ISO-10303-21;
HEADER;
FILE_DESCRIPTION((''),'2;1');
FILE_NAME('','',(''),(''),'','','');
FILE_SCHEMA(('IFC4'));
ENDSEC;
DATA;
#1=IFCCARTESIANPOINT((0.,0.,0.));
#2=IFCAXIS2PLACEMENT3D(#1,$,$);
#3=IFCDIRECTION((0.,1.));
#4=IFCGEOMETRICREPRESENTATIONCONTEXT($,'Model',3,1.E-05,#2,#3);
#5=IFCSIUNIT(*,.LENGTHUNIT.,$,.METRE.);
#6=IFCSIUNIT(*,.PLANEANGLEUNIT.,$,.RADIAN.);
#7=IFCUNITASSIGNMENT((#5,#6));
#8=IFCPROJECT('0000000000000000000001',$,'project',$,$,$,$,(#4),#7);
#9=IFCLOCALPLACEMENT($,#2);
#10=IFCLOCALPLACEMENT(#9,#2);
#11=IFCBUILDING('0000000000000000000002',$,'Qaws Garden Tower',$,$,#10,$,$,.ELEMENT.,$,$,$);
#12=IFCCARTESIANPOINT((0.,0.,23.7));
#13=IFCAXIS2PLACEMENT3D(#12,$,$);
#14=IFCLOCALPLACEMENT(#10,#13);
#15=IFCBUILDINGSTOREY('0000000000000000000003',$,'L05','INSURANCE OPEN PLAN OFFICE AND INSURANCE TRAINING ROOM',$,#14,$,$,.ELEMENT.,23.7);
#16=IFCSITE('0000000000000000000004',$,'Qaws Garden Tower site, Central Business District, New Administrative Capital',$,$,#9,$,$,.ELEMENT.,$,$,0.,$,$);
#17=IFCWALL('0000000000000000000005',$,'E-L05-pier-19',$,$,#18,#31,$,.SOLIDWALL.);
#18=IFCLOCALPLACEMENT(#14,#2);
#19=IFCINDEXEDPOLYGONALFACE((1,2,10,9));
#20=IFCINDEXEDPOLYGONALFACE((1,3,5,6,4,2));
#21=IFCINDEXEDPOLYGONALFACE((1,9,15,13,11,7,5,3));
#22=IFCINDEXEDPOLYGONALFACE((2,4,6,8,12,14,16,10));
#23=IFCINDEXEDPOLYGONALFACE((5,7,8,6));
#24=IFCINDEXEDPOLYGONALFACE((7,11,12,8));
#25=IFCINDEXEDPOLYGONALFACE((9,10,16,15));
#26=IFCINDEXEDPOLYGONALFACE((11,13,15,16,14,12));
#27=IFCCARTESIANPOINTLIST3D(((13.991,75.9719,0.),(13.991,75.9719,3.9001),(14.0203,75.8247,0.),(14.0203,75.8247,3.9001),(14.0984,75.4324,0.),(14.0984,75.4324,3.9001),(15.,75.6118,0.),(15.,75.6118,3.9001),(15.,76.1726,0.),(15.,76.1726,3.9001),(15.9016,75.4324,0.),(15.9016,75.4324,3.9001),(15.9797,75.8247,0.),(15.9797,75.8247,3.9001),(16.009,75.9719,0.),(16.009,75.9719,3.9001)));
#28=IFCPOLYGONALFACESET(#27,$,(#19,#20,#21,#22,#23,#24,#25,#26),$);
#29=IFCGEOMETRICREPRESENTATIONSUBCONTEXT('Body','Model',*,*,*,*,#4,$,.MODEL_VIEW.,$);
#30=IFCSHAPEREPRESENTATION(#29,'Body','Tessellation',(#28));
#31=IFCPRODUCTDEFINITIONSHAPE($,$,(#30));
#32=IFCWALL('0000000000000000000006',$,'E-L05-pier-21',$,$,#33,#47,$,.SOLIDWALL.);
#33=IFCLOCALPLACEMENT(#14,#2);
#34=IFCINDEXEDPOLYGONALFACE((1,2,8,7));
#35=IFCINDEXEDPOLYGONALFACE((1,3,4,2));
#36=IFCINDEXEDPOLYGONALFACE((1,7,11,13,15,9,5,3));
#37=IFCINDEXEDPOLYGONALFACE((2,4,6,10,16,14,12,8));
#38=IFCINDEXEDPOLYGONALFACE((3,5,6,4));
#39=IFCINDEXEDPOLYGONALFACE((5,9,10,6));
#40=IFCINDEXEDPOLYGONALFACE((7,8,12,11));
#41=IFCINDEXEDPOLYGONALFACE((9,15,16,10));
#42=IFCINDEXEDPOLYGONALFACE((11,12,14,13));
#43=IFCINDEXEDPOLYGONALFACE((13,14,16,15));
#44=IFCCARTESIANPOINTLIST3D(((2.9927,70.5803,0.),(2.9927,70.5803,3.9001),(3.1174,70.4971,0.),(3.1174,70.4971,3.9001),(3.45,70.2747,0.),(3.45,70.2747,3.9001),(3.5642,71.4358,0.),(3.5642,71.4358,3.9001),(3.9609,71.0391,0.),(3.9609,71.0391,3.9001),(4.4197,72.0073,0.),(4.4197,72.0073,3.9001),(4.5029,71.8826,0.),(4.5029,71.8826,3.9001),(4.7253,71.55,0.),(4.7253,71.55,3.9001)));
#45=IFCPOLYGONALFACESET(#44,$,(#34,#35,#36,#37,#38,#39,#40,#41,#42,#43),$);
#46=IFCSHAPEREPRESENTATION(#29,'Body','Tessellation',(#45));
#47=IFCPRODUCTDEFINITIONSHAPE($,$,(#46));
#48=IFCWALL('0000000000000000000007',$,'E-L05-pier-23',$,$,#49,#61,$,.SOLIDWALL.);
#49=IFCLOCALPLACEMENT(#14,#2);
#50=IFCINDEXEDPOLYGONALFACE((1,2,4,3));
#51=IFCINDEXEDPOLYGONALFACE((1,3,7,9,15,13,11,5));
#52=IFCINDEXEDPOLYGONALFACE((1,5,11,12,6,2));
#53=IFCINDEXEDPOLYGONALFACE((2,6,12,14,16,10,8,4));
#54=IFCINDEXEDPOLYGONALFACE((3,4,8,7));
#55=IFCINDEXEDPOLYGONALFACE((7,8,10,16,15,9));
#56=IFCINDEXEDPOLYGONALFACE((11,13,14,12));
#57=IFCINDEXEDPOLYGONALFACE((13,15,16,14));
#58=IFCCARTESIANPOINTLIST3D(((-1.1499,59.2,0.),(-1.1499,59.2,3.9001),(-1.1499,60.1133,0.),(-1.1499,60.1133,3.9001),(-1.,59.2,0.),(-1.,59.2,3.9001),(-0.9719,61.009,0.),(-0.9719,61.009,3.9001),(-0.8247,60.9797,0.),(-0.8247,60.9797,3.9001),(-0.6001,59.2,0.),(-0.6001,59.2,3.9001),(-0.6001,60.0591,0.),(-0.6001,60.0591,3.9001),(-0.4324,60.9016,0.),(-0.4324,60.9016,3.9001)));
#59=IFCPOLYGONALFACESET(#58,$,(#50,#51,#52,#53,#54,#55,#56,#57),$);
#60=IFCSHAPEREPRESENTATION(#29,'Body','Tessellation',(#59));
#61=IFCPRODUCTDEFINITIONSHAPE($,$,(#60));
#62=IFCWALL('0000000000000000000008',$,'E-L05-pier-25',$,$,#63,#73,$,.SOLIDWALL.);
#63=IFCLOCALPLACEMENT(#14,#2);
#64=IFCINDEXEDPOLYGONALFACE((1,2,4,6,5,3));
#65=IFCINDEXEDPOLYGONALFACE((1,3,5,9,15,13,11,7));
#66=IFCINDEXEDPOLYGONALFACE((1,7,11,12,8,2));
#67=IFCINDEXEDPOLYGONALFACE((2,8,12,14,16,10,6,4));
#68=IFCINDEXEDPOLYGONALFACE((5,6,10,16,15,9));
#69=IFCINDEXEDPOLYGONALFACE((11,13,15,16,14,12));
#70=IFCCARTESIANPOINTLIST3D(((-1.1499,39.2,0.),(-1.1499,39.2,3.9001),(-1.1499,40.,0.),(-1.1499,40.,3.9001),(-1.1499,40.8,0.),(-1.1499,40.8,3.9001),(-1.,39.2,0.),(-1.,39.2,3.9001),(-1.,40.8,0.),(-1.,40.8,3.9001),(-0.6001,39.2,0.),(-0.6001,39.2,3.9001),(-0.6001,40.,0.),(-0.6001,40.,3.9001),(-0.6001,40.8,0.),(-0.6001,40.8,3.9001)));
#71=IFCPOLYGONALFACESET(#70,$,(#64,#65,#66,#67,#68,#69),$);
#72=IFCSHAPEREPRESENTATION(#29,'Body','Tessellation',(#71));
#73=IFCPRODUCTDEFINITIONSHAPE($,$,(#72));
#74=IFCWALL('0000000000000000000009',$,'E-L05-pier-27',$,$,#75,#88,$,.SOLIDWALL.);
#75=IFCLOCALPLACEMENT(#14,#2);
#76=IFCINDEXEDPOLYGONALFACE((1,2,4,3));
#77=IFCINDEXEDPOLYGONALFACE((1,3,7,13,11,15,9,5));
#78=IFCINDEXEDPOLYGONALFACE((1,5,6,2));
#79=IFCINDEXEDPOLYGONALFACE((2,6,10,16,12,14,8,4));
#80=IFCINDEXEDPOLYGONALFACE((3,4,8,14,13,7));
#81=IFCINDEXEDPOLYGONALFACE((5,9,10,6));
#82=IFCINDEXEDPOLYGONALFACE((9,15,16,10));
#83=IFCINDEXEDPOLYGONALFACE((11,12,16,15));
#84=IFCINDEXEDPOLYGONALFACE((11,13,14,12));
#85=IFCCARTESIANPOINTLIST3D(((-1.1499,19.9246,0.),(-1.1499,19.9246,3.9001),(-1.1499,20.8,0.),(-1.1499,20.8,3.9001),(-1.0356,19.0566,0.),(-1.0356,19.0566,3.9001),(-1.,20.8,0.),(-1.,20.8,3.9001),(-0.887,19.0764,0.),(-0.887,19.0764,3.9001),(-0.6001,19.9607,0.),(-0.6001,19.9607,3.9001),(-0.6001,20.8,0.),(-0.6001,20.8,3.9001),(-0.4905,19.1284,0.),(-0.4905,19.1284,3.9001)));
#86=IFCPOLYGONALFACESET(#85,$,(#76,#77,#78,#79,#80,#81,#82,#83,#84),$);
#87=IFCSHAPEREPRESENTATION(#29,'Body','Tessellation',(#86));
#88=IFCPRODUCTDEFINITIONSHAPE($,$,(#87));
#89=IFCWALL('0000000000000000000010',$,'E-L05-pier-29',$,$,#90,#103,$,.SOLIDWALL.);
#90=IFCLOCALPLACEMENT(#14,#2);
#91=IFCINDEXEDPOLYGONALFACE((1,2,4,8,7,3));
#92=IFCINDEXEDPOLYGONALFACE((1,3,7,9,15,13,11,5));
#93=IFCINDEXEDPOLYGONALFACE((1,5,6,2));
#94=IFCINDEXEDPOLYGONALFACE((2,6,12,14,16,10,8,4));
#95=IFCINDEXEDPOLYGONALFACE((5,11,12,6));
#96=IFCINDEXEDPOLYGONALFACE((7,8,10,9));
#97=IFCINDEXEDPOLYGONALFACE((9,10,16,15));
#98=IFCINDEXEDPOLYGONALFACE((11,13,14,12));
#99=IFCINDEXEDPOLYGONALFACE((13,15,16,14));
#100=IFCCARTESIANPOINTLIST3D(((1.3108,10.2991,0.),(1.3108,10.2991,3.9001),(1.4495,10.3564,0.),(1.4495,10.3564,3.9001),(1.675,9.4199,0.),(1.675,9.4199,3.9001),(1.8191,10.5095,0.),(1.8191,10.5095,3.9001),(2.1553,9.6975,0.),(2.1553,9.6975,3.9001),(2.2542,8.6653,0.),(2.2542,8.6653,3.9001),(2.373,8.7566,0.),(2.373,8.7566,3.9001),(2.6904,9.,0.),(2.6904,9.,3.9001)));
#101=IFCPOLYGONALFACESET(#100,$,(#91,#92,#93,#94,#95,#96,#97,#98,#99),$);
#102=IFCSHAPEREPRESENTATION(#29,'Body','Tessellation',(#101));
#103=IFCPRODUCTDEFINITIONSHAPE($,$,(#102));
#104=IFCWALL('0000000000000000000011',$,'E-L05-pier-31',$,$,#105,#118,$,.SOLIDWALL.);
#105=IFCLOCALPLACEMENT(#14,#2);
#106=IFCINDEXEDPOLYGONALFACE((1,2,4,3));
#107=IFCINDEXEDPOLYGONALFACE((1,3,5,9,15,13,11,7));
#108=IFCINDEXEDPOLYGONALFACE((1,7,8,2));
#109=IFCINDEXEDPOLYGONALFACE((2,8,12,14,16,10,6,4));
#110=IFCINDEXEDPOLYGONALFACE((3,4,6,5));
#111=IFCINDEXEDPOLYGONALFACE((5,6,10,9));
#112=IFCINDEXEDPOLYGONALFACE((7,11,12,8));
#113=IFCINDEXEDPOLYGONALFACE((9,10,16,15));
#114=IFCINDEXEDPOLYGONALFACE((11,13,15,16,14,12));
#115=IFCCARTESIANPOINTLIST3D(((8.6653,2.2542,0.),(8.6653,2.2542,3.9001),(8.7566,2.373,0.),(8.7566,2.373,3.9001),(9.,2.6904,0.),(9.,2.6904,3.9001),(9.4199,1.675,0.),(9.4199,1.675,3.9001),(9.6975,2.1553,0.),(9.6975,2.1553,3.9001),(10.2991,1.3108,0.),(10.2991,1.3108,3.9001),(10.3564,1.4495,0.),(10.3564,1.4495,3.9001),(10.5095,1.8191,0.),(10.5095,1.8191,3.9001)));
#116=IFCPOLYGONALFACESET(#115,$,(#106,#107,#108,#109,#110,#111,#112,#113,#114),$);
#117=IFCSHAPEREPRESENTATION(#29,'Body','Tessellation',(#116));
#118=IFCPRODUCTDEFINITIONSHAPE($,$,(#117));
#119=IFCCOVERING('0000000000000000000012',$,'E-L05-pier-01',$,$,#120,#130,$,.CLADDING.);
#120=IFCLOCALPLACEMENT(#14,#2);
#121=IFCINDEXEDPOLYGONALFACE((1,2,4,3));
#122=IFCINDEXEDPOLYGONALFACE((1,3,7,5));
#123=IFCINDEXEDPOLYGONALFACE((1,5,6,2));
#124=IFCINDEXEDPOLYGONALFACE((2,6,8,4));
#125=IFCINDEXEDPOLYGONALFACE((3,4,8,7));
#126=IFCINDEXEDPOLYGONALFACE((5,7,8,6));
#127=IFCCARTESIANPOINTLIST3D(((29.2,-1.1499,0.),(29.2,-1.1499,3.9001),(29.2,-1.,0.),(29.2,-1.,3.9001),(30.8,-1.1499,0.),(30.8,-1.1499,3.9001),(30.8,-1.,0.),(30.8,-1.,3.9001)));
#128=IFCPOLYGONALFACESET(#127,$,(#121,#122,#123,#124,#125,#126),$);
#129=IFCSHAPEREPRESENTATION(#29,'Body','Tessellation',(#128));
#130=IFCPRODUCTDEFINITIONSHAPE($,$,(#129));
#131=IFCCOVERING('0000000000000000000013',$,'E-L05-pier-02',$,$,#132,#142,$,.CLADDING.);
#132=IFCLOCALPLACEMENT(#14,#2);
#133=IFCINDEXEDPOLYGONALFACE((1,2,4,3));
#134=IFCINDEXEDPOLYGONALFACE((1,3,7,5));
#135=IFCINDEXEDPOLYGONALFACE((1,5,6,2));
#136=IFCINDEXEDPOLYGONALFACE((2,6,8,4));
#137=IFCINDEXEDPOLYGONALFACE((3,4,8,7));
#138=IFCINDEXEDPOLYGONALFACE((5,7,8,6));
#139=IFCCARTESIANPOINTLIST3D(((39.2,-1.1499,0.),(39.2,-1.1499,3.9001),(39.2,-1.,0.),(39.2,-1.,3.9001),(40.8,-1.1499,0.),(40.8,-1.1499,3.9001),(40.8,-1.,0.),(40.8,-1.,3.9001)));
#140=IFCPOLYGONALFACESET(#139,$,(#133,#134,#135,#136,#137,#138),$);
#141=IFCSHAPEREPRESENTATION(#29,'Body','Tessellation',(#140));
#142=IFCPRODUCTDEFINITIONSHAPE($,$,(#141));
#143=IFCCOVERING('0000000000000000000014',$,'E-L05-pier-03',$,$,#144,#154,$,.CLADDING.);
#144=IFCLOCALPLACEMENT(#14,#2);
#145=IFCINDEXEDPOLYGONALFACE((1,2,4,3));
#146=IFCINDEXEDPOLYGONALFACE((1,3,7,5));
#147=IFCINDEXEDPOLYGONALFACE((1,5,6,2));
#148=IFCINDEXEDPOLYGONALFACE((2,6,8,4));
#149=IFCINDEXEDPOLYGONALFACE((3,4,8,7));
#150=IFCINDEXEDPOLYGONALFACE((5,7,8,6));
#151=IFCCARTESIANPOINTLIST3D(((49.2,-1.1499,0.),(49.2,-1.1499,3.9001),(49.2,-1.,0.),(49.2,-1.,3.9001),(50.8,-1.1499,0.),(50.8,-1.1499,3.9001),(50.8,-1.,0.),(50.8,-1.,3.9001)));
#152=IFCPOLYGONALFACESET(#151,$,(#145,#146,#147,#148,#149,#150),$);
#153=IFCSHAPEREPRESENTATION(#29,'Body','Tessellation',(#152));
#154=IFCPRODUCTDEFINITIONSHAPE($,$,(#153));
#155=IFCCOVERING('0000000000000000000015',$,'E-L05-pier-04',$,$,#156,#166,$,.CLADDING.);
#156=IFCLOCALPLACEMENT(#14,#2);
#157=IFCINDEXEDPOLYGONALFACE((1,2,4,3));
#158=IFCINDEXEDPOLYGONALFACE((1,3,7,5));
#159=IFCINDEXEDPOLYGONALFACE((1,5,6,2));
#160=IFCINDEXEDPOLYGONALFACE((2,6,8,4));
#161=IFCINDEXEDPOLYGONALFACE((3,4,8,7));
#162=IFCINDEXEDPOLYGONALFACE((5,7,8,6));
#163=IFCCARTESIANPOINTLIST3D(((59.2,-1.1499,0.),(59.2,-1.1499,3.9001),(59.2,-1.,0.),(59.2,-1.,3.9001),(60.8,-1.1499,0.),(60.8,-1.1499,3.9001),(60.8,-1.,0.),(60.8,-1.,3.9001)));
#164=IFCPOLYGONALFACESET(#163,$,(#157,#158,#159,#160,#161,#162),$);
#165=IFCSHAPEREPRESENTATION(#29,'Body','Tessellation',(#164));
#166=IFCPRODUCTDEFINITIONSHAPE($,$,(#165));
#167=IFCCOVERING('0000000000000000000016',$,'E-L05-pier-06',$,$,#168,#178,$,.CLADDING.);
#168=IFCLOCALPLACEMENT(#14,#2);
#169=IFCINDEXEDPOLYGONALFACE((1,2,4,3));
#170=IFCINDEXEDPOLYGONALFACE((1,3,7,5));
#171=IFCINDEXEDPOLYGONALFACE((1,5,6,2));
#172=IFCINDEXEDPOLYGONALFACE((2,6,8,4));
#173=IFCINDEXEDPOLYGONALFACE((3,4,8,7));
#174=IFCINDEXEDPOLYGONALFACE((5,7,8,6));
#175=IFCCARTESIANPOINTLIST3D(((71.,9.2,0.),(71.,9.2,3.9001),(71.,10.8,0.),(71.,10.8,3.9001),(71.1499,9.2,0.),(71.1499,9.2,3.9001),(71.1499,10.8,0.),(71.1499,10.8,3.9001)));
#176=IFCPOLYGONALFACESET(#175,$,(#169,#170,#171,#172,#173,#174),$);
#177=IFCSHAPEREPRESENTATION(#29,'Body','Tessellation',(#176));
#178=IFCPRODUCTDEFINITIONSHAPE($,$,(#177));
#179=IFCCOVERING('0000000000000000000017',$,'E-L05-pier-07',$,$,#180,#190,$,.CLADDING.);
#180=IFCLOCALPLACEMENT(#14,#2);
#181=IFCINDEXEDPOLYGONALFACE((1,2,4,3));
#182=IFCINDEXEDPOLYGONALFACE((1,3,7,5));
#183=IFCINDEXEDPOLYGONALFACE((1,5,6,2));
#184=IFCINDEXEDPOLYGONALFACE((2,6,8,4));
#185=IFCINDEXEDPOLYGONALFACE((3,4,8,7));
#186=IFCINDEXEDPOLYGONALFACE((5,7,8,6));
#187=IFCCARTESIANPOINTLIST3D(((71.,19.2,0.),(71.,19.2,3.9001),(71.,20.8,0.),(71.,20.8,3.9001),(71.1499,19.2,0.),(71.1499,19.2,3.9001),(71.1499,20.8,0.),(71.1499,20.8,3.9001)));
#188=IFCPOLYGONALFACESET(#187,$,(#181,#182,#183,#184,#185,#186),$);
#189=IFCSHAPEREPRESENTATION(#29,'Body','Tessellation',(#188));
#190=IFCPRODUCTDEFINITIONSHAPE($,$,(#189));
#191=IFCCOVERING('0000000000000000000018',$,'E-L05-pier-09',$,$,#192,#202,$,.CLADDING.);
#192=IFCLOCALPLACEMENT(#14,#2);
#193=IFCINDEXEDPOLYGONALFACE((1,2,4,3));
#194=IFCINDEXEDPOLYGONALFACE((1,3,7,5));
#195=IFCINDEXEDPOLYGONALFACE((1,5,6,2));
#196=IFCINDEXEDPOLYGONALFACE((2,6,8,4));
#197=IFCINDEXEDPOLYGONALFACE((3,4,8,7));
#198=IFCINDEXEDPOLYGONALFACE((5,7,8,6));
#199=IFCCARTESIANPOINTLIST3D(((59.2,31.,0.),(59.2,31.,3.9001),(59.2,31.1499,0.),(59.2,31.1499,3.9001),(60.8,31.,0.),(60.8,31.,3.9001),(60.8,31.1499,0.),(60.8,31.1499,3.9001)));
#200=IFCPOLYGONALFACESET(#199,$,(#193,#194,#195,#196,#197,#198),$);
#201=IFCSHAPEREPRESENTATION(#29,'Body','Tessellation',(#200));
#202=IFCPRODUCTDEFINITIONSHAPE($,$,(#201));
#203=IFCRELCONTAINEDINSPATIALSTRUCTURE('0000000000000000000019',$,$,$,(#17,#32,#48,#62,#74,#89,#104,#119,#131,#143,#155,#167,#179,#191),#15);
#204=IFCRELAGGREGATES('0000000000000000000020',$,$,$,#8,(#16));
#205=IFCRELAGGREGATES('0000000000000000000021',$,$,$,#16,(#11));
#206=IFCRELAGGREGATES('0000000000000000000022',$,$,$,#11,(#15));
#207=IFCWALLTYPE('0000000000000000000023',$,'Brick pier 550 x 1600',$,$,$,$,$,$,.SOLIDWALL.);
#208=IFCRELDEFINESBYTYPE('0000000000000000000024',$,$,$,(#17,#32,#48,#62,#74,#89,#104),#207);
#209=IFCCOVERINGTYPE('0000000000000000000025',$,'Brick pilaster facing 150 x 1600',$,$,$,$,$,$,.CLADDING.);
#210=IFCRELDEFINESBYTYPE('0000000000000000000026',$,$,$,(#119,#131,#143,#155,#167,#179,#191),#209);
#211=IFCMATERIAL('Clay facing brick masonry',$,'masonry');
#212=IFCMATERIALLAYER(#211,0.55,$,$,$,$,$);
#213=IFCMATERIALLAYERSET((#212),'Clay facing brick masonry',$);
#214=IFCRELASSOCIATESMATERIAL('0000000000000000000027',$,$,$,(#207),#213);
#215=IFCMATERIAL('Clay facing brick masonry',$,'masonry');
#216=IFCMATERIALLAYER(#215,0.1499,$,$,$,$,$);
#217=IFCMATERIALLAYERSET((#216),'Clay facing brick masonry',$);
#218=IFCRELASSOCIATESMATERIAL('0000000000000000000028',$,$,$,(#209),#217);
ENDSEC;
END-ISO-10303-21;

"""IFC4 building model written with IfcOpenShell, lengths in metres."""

from ifc_helpers import new_model, si_unit, direction, frame, origin, place, context, subcontext, project, spatial, polyline, outline, extrude, material, layer, layer_set, type_object, element, save


model = new_model("IFC4")

# Units and contexts
model_context = context("Model", 3, precision=1e-05, world=origin(), true_north=direction((0.0, 1.0)))
body_context = subcontext(model_context, "Body", "Model", "MODEL_VIEW")
ifc_project = project(units=[si_unit("LENGTHUNIT", "METRE"), si_unit("PLANEANGLEUNIT", "RADIAN")], contexts=[model_context])

# Site, building, storey
site_placement = place(None, origin())
site = spatial("IfcSite", under=ifc_project, at=site_placement, Name="Qaws Garden Tower site, Central Business District, New Administrative Capital", CompositionType="ELEMENT", RefElevation=0.0)
building_placement = place(site_placement, origin())
building = spatial("IfcBuilding", under=site, at=building_placement, Name="Qaws Garden Tower", CompositionType="ELEMENT")
storey_placement = place(building_placement, frame((0.0, 0.0, 23.7)))
storey = spatial("IfcBuildingStorey", under=building, at=storey_placement, Name="L05", Description="INSURANCE OPEN PLAN OFFICE AND INSURANCE TRAINING ROOM", CompositionType="ELEMENT", Elevation=23.7)

# Walls
placement = place(storey_placement, origin())
ifc_material_1 = material(Name="Clay facing brick masonry", Category="masonry")
ifc_layer_1 = layer(ifc_material_1, 0.55)
ifc_layer_set_1 = layer_set([ifc_layer_1], Name="Clay facing brick masonry")
wall_type_1 = type_object("IfcWallType", Name="Brick pier 550 x 1600", PredefinedType="SOLIDWALL", material=ifc_layer_set_1)
element("IfcWall", 1, at=placement, inside=storey, type_object=wall_type_1, Name="E-L05-pier-19", PredefinedType="SOLIDWALL", context=body_context, shape_type="SweptSolid", body=[
    extrude(outline(polyline([(15.9797, 75.8247), (16.009, 75.9719), (15.0, 76.1726), (13.991, 75.9719), (14.0203, 75.8247), (14.0984, 75.4324), (15.0, 75.6118), (15.9016, 75.4324), (15.9797, 75.8247)])), origin(), (0.0, 0.0, 1.0), 3.9001),
])
element("IfcWall", 2, at=placement, inside=storey, type_object=wall_type_1, Name="E-L05-pier-21", PredefinedType="SOLIDWALL", context=body_context, shape_type="SweptSolid", body=[
    extrude(outline(polyline([(4.5029, 71.8826), (4.4197, 72.0073), (3.5642, 71.4358), (2.9927, 70.5803), (3.1174, 70.4971), (3.45, 70.2747), (3.9609, 71.0391), (4.7253, 71.55), (4.5029, 71.8826)])), origin(), (0.0, 0.0, 1.0), 3.9001),
])
element("IfcWall", 3, at=placement, inside=storey, type_object=wall_type_1, Name="E-L05-pier-23", PredefinedType="SOLIDWALL", context=body_context, shape_type="SweptSolid", body=[
    extrude(outline(polyline([(-0.8247, 60.9797), (-0.9719, 61.009), (-1.1499, 60.1133), (-1.1499, 59.2), (-1.0, 59.2), (-0.6001, 59.2), (-0.6001, 60.0591), (-0.4324, 60.9016), (-0.8247, 60.9797)])), origin(), (0.0, 0.0, 1.0), 3.9001),
])
element("IfcWall", 4, at=placement, inside=storey, type_object=wall_type_1, Name="E-L05-pier-25", PredefinedType="SOLIDWALL", context=body_context, shape_type="SweptSolid", body=[
    extrude(outline(polyline([(-1.0, 40.8), (-1.1499, 40.8), (-1.1499, 40.0), (-1.1499, 39.2), (-1.0, 39.2), (-0.6001, 39.2), (-0.6001, 40.0), (-0.6001, 40.8), (-1.0, 40.8)])), origin(), (0.0, 0.0, 1.0), 3.9001),
])
element("IfcWall", 5, at=placement, inside=storey, type_object=wall_type_1, Name="E-L05-pier-27", PredefinedType="SOLIDWALL", context=body_context, shape_type="SweptSolid", body=[
    extrude(outline(polyline([(-1.0, 20.8), (-1.1499, 20.8), (-1.1499, 19.9246), (-1.0356, 19.0566), (-0.887, 19.0764), (-0.4905, 19.1284), (-0.6001, 19.9607), (-0.6001, 20.8), (-1.0, 20.8)])), origin(), (0.0, 0.0, 1.0), 3.9001),
])
element("IfcWall", 6, at=placement, inside=storey, type_object=wall_type_1, Name="E-L05-pier-29", PredefinedType="SOLIDWALL", context=body_context, shape_type="SweptSolid", body=[
    extrude(outline(polyline([(1.4495, 10.3564), (1.3108, 10.2991), (1.675, 9.4199), (2.2542, 8.6653), (2.373, 8.7566), (2.6904, 9.0), (2.1553, 9.6975), (1.8191, 10.5095), (1.4495, 10.3564)])), origin(), (0.0, 0.0, 1.0), 3.9001),
])
element("IfcWall", 7, at=placement, inside=storey, type_object=wall_type_1, Name="E-L05-pier-31", PredefinedType="SOLIDWALL", context=body_context, shape_type="SweptSolid", body=[
    extrude(outline(polyline([(8.7566, 2.373), (8.6653, 2.2542), (9.4199, 1.675), (10.2991, 1.3108), (10.3564, 1.4495), (10.5095, 1.8191), (9.6975, 2.1553), (9.0, 2.6904), (8.7566, 2.373)])), origin(), (0.0, 0.0, 1.0), 3.9001),
])

# Coverings
ifc_material_2 = material(Name="Clay facing brick masonry", Category="masonry")
ifc_layer_2 = layer(ifc_material_2, 0.1499)
ifc_layer_set_2 = layer_set([ifc_layer_2], Name="Clay facing brick masonry")
covering_type = type_object("IfcCoveringType", Name="Brick pilaster facing 150 x 1600", PredefinedType="CLADDING", material=ifc_layer_set_2)
element("IfcCovering", 8, at=placement, inside=storey, type_object=covering_type, Name="E-L05-pier-01", PredefinedType="CLADDING", context=body_context, shape_type="SweptSolid", body=[
    extrude(outline(polyline([(29.2, -1.0), (30.8, -1.0), (30.8, -1.1499), (29.2, -1.1499), (29.2, -1.0)])), origin(), (0.0, 0.0, 1.0), 3.9001),
])
element("IfcCovering", 9, at=placement, inside=storey, type_object=covering_type, Name="E-L05-pier-02", PredefinedType="CLADDING", context=body_context, shape_type="SweptSolid", body=[
    extrude(outline(polyline([(39.2, -1.0), (40.8, -1.0), (40.8, -1.1499), (39.2, -1.1499), (39.2, -1.0)])), origin(), (0.0, 0.0, 1.0), 3.9001),
])
element("IfcCovering", 10, at=placement, inside=storey, type_object=covering_type, Name="E-L05-pier-03", PredefinedType="CLADDING", context=body_context, shape_type="SweptSolid", body=[
    extrude(outline(polyline([(49.2, -1.0), (50.8, -1.0), (50.8, -1.1499), (49.2, -1.1499), (49.2, -1.0)])), origin(), (0.0, 0.0, 1.0), 3.9001),
])
element("IfcCovering", 11, at=placement, inside=storey, type_object=covering_type, Name="E-L05-pier-04", PredefinedType="CLADDING", context=body_context, shape_type="SweptSolid", body=[
    extrude(outline(polyline([(59.2, -1.0), (60.8, -1.0), (60.8, -1.1499), (59.2, -1.1499), (59.2, -1.0)])), origin(), (0.0, 0.0, 1.0), 3.9001),
])
element("IfcCovering", 12, at=placement, inside=storey, type_object=covering_type, Name="E-L05-pier-06", PredefinedType="CLADDING", context=body_context, shape_type="SweptSolid", body=[
    extrude(outline(polyline([(71.0, 9.2), (71.0, 10.8), (71.1499, 10.8), (71.1499, 9.2), (71.0, 9.2)])), origin(), (0.0, 0.0, 1.0), 3.9001),
])
element("IfcCovering", 13, at=placement, inside=storey, type_object=covering_type, Name="E-L05-pier-07", PredefinedType="CLADDING", context=body_context, shape_type="SweptSolid", body=[
    extrude(outline(polyline([(71.0, 19.2), (71.0, 20.8), (71.1499, 20.8), (71.1499, 19.2), (71.0, 19.2)])), origin(), (0.0, 0.0, 1.0), 3.9001),
])
element("IfcCovering", 14, at=placement, inside=storey, type_object=covering_type, Name="E-L05-pier-09", PredefinedType="CLADDING", context=body_context, shape_type="SweptSolid", body=[
    extrude(outline(polyline([(60.8, 31.0), (59.2, 31.0), (59.2, 31.1499), (60.8, 31.1499), (60.8, 31.0)])), origin(), (0.0, 0.0, 1.0), 3.9001),
])

save(model, "model.ifc")
